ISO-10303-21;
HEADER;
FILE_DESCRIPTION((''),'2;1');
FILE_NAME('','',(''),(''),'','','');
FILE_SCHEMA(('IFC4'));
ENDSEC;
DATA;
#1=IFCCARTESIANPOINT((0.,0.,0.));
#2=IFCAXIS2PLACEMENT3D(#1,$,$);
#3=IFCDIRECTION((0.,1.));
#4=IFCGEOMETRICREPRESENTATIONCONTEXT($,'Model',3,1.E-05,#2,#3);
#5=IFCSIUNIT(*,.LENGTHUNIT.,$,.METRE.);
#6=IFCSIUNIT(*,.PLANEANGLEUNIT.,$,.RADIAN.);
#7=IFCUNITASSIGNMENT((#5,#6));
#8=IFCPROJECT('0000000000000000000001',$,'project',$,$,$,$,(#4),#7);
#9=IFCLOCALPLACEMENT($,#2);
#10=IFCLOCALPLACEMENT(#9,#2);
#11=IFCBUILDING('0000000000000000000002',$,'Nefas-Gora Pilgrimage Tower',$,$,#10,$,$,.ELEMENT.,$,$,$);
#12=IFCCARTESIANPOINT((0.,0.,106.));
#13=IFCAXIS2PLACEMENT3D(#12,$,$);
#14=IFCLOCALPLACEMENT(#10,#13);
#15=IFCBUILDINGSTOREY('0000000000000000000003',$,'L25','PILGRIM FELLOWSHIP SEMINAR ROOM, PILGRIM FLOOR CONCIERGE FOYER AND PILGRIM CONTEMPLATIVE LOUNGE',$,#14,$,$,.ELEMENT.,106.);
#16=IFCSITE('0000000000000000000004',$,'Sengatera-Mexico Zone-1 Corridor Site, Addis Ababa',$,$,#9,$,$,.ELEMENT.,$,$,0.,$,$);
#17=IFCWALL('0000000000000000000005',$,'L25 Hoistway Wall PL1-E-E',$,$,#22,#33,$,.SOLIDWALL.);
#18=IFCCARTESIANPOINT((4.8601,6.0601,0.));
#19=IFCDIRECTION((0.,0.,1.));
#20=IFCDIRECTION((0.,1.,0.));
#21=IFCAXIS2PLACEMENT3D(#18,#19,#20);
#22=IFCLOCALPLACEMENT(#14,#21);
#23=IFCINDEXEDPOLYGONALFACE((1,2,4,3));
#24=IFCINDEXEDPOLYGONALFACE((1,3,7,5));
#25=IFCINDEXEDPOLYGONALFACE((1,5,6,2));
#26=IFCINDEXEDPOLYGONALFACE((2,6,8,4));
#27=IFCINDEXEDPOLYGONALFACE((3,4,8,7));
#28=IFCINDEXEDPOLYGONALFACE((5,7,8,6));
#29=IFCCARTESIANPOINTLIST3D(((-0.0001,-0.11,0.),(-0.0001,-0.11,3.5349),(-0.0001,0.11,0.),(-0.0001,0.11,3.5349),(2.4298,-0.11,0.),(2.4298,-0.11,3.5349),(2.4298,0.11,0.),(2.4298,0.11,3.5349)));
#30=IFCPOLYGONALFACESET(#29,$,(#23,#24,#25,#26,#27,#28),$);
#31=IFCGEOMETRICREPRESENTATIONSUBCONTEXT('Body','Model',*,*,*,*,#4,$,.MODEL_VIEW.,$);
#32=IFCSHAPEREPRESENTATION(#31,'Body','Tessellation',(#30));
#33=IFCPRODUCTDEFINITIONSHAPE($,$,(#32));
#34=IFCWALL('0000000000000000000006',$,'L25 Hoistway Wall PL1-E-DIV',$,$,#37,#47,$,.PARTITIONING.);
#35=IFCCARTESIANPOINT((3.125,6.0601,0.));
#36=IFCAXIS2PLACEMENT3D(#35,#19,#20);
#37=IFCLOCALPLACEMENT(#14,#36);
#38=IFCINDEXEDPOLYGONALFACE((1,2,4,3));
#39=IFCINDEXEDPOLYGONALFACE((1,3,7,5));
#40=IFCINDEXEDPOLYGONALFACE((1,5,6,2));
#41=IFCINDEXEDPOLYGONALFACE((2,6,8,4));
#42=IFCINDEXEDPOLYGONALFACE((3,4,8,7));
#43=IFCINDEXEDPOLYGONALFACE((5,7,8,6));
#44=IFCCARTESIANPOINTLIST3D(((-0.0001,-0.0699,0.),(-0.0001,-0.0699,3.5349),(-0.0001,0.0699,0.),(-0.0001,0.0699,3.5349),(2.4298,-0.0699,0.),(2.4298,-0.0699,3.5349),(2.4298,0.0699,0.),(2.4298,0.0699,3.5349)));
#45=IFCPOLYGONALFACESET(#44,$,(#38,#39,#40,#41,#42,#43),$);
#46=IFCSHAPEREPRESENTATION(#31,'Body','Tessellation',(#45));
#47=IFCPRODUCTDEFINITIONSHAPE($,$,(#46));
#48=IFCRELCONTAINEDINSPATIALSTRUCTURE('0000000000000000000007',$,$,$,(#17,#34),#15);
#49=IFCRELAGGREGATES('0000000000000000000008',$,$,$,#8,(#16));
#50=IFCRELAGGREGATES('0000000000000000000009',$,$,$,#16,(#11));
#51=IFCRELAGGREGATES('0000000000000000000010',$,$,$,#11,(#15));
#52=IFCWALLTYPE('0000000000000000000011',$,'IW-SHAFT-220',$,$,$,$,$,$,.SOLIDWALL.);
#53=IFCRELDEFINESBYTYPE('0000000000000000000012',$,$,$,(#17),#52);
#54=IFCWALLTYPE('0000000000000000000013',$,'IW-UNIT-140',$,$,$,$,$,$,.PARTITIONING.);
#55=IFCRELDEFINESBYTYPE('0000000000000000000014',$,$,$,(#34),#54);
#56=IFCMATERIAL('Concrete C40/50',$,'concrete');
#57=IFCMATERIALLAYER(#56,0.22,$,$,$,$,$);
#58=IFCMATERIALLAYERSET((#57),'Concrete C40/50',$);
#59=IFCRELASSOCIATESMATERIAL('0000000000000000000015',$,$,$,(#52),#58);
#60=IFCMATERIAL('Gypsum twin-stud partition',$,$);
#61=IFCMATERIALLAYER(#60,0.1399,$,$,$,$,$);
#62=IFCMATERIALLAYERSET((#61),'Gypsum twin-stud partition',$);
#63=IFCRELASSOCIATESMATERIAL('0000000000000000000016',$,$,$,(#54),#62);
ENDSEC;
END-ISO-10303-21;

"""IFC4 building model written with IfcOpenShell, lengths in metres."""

from ifc_helpers import new_model, si_unit, direction, frame, frame_2d, origin, place, context, subcontext, project, spatial, rectangle, extrude, source, transform, mapped, material, layer, layer_set, type_object, element, save


model = new_model("IFC4")

# Units and contexts
model_context = context("Model", 3, precision=1e-05, world=origin(), true_north=direction((0.0, 1.0)))
body_context = subcontext(model_context, "Body", "Model", "MODEL_VIEW")
ifc_project = project(units=[si_unit("LENGTHUNIT", "METRE"), si_unit("PLANEANGLEUNIT", "RADIAN")], contexts=[model_context])

# Site, building, storey
site_placement = place(None, origin())
site = spatial("IfcSite", under=ifc_project, at=site_placement, Name="Sengatera-Mexico Zone-1 Corridor Site, Addis Ababa", CompositionType="ELEMENT", RefElevation=0.0)
building_placement = place(site_placement, origin())
building = spatial("IfcBuilding", under=site, at=building_placement, Name="Nefas-Gora Pilgrimage Tower", CompositionType="ELEMENT")
storey_placement = place(building_placement, frame((0.0, 0.0, 106.0)))
storey = spatial("IfcBuildingStorey", under=building, at=storey_placement, Name="L25", Description="PILGRIM FELLOWSHIP SEMINAR ROOM, PILGRIM FLOOR CONCIERGE FOYER AND PILGRIM CONTEMPLATIVE LOUNGE", CompositionType="ELEMENT", Elevation=106.0)

# Shared definitions
ifc_material_1 = material(Name="Concrete C40/50", Category="concrete")
ifc_layer_1 = layer(ifc_material_1, 0.22)
ifc_layer_set_1 = layer_set([ifc_layer_1], Name="Concrete C40/50")
wall_type_1 = type_object("IfcWallType", Name="IW-SHAFT-220", PredefinedType="SOLIDWALL", material=ifc_layer_set_1)

# Walls
shared_shape_1 = source(origin(), body_context, "Body", "SweptSolid", [
    extrude(rectangle(XDim=2.4299, YDim=0.22, at=frame_2d((1.2148, 0.0))), origin(), (0.0, 0.0, 1.0), 3.5349),
])
wall_1_placement = place(storey_placement, frame((4.8601, 6.0601, 0.0), z_axis=(0.0, 0.0, 1.0), x_axis=(0.0, 1.0, 0.0)))
element("IfcWall", 1, at=wall_1_placement, inside=storey, type_object=wall_type_1, Name="L25 Hoistway Wall PL1-E-E", PredefinedType="SOLIDWALL", context=body_context, shape_type="MappedRepresentation", body=[
    mapped(shared_shape_1, transform((0.0, 0.0, 0.0), x_axis=(1.0, 0.0, 0.0), y_axis=(0.0, 1.0, 0.0), z_axis=(0.0, 0.0, 1.0), scale=1.0)),
])
ifc_material_2 = material(Name="Gypsum twin-stud partition")
ifc_layer_2 = layer(ifc_material_2, 0.1399)
ifc_layer_set_2 = layer_set([ifc_layer_2], Name="Gypsum twin-stud partition")
wall_type_2 = type_object("IfcWallType", Name="IW-UNIT-140", PredefinedType="PARTITIONING", material=ifc_layer_set_2)
shared_shape_2 = source(origin(), body_context, "Body", "SweptSolid", [
    extrude(rectangle(XDim=2.4299, YDim=0.1399, at=frame_2d((1.2148, 0.0))), origin(), (0.0, 0.0, 1.0), 3.5349),
])
wall_2_placement = place(storey_placement, frame((3.125, 6.0601, 0.0), z_axis=(0.0, 0.0, 1.0), x_axis=(0.0, 1.0, 0.0)))
element("IfcWall", 2, at=wall_2_placement, inside=storey, type_object=wall_type_2, Name="L25 Hoistway Wall PL1-E-DIV", PredefinedType="PARTITIONING", context=body_context, shape_type="MappedRepresentation", body=[
    mapped(shared_shape_2, transform((0.0, 0.0, 0.0), x_axis=(1.0, 0.0, 0.0), y_axis=(0.0, 1.0, 0.0), z_axis=(0.0, 0.0, 1.0), scale=1.0)),
])

save(model, "model.ifc")
